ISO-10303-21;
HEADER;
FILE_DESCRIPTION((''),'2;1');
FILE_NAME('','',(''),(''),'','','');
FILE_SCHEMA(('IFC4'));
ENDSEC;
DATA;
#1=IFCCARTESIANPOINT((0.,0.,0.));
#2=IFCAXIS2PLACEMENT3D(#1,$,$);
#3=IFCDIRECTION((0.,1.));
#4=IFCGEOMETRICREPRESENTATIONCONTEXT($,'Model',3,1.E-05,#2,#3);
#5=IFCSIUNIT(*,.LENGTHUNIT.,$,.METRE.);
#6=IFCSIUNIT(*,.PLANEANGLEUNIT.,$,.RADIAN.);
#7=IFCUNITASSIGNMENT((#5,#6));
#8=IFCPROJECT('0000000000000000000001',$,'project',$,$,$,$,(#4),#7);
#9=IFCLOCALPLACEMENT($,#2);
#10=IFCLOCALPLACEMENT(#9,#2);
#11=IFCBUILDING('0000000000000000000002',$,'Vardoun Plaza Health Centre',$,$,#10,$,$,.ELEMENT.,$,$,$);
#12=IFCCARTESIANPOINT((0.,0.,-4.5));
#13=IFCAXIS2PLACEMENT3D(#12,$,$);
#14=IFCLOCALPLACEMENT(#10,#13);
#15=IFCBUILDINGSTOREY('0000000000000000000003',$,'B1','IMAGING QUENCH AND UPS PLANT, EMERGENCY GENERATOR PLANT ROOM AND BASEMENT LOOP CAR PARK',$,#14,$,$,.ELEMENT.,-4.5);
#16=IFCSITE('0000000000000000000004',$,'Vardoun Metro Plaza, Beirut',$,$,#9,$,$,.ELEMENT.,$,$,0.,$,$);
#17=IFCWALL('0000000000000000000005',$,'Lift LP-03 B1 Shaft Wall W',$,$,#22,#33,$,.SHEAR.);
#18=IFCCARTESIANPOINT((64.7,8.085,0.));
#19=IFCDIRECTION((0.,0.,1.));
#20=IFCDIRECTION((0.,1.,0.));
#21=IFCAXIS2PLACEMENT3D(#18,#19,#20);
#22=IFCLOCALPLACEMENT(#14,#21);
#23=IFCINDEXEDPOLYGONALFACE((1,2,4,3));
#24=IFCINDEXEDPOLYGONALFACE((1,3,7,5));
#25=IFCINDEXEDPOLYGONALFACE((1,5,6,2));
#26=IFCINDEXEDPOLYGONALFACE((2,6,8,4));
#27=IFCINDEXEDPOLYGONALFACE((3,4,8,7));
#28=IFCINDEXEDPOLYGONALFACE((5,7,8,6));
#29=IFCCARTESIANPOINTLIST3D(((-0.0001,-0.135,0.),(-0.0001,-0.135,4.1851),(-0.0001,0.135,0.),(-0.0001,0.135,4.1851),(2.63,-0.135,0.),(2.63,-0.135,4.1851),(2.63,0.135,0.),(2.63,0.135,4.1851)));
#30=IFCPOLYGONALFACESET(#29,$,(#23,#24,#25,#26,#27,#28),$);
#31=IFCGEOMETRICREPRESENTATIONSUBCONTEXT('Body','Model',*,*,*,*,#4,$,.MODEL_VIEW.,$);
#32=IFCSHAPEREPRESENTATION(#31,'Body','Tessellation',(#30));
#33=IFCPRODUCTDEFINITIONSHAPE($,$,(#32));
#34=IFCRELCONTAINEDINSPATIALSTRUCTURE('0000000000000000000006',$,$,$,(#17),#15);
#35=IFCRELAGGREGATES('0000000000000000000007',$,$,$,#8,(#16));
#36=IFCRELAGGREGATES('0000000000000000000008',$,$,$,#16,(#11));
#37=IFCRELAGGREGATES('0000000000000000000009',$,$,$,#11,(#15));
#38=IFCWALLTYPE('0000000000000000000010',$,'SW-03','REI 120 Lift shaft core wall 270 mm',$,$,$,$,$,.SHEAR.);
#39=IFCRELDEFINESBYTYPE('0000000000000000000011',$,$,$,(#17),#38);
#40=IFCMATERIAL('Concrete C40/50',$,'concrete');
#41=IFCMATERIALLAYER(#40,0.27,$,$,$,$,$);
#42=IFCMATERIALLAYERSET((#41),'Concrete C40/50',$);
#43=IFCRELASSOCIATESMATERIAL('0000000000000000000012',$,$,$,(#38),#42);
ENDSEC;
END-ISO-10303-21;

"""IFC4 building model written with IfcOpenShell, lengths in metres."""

from ifc_helpers import new_model, si_unit, direction, frame, frame_2d, origin, place, context, subcontext, project, spatial, rectangle, extrude, material, layer, layer_set, type_object, element, save


model = new_model("IFC4")

# Units and contexts
model_context = context("Model", 3, precision=1e-05, world=origin(), true_north=direction((0.0, 1.0)))
body_context = subcontext(model_context, "Body", "Model", "MODEL_VIEW")
ifc_project = project(units=[si_unit("LENGTHUNIT", "METRE"), si_unit("PLANEANGLEUNIT", "RADIAN")], contexts=[model_context])

# Site, building, storey
site_placement = place(None, origin())
site = spatial("IfcSite", under=ifc_project, at=site_placement, Name="Vardoun Metro Plaza, Beirut", CompositionType="ELEMENT", RefElevation=0.0)
building_placement = place(site_placement, origin())
building = spatial("IfcBuilding", under=site, at=building_placement, Name="Vardoun Plaza Health Centre", CompositionType="ELEMENT")
storey_placement = place(building_placement, frame((0.0, 0.0, -4.5)))
storey = spatial("IfcBuildingStorey", under=building, at=storey_placement, Name="B1", Description="IMAGING QUENCH AND UPS PLANT, EMERGENCY GENERATOR PLANT ROOM AND BASEMENT LOOP CAR PARK", CompositionType="ELEMENT", Elevation=-4.5)

# Wall
ifc_material_1 = material(Name="Concrete C40/50", Category="concrete")
ifc_layer_1 = layer(ifc_material_1, 0.27)
ifc_layer_set_1 = layer_set([ifc_layer_1], Name="Concrete C40/50")
wall_type_1 = type_object("IfcWallType", Name="SW-03", Description="REI 120 Lift shaft core wall 270 mm", PredefinedType="SHEAR", material=ifc_layer_set_1)
wall_1_placement = place(storey_placement, frame((64.7, 8.085, 0.0), z_axis=(0.0, 0.0, 1.0), x_axis=(0.0, 1.0, 0.0)))
element("IfcWall", 1, at=wall_1_placement, inside=storey, type_object=wall_type_1, Name="Lift LP-03 B1 Shaft Wall W", PredefinedType="SHEAR", context=body_context, shape_type="SweptSolid", body=[
    extrude(rectangle(XDim=2.6301, YDim=0.27, at=frame_2d((1.3149, 0.0))), origin(), (0.0, 0.0, 1.0), 4.1851),
])

save(model, "model.ifc")
